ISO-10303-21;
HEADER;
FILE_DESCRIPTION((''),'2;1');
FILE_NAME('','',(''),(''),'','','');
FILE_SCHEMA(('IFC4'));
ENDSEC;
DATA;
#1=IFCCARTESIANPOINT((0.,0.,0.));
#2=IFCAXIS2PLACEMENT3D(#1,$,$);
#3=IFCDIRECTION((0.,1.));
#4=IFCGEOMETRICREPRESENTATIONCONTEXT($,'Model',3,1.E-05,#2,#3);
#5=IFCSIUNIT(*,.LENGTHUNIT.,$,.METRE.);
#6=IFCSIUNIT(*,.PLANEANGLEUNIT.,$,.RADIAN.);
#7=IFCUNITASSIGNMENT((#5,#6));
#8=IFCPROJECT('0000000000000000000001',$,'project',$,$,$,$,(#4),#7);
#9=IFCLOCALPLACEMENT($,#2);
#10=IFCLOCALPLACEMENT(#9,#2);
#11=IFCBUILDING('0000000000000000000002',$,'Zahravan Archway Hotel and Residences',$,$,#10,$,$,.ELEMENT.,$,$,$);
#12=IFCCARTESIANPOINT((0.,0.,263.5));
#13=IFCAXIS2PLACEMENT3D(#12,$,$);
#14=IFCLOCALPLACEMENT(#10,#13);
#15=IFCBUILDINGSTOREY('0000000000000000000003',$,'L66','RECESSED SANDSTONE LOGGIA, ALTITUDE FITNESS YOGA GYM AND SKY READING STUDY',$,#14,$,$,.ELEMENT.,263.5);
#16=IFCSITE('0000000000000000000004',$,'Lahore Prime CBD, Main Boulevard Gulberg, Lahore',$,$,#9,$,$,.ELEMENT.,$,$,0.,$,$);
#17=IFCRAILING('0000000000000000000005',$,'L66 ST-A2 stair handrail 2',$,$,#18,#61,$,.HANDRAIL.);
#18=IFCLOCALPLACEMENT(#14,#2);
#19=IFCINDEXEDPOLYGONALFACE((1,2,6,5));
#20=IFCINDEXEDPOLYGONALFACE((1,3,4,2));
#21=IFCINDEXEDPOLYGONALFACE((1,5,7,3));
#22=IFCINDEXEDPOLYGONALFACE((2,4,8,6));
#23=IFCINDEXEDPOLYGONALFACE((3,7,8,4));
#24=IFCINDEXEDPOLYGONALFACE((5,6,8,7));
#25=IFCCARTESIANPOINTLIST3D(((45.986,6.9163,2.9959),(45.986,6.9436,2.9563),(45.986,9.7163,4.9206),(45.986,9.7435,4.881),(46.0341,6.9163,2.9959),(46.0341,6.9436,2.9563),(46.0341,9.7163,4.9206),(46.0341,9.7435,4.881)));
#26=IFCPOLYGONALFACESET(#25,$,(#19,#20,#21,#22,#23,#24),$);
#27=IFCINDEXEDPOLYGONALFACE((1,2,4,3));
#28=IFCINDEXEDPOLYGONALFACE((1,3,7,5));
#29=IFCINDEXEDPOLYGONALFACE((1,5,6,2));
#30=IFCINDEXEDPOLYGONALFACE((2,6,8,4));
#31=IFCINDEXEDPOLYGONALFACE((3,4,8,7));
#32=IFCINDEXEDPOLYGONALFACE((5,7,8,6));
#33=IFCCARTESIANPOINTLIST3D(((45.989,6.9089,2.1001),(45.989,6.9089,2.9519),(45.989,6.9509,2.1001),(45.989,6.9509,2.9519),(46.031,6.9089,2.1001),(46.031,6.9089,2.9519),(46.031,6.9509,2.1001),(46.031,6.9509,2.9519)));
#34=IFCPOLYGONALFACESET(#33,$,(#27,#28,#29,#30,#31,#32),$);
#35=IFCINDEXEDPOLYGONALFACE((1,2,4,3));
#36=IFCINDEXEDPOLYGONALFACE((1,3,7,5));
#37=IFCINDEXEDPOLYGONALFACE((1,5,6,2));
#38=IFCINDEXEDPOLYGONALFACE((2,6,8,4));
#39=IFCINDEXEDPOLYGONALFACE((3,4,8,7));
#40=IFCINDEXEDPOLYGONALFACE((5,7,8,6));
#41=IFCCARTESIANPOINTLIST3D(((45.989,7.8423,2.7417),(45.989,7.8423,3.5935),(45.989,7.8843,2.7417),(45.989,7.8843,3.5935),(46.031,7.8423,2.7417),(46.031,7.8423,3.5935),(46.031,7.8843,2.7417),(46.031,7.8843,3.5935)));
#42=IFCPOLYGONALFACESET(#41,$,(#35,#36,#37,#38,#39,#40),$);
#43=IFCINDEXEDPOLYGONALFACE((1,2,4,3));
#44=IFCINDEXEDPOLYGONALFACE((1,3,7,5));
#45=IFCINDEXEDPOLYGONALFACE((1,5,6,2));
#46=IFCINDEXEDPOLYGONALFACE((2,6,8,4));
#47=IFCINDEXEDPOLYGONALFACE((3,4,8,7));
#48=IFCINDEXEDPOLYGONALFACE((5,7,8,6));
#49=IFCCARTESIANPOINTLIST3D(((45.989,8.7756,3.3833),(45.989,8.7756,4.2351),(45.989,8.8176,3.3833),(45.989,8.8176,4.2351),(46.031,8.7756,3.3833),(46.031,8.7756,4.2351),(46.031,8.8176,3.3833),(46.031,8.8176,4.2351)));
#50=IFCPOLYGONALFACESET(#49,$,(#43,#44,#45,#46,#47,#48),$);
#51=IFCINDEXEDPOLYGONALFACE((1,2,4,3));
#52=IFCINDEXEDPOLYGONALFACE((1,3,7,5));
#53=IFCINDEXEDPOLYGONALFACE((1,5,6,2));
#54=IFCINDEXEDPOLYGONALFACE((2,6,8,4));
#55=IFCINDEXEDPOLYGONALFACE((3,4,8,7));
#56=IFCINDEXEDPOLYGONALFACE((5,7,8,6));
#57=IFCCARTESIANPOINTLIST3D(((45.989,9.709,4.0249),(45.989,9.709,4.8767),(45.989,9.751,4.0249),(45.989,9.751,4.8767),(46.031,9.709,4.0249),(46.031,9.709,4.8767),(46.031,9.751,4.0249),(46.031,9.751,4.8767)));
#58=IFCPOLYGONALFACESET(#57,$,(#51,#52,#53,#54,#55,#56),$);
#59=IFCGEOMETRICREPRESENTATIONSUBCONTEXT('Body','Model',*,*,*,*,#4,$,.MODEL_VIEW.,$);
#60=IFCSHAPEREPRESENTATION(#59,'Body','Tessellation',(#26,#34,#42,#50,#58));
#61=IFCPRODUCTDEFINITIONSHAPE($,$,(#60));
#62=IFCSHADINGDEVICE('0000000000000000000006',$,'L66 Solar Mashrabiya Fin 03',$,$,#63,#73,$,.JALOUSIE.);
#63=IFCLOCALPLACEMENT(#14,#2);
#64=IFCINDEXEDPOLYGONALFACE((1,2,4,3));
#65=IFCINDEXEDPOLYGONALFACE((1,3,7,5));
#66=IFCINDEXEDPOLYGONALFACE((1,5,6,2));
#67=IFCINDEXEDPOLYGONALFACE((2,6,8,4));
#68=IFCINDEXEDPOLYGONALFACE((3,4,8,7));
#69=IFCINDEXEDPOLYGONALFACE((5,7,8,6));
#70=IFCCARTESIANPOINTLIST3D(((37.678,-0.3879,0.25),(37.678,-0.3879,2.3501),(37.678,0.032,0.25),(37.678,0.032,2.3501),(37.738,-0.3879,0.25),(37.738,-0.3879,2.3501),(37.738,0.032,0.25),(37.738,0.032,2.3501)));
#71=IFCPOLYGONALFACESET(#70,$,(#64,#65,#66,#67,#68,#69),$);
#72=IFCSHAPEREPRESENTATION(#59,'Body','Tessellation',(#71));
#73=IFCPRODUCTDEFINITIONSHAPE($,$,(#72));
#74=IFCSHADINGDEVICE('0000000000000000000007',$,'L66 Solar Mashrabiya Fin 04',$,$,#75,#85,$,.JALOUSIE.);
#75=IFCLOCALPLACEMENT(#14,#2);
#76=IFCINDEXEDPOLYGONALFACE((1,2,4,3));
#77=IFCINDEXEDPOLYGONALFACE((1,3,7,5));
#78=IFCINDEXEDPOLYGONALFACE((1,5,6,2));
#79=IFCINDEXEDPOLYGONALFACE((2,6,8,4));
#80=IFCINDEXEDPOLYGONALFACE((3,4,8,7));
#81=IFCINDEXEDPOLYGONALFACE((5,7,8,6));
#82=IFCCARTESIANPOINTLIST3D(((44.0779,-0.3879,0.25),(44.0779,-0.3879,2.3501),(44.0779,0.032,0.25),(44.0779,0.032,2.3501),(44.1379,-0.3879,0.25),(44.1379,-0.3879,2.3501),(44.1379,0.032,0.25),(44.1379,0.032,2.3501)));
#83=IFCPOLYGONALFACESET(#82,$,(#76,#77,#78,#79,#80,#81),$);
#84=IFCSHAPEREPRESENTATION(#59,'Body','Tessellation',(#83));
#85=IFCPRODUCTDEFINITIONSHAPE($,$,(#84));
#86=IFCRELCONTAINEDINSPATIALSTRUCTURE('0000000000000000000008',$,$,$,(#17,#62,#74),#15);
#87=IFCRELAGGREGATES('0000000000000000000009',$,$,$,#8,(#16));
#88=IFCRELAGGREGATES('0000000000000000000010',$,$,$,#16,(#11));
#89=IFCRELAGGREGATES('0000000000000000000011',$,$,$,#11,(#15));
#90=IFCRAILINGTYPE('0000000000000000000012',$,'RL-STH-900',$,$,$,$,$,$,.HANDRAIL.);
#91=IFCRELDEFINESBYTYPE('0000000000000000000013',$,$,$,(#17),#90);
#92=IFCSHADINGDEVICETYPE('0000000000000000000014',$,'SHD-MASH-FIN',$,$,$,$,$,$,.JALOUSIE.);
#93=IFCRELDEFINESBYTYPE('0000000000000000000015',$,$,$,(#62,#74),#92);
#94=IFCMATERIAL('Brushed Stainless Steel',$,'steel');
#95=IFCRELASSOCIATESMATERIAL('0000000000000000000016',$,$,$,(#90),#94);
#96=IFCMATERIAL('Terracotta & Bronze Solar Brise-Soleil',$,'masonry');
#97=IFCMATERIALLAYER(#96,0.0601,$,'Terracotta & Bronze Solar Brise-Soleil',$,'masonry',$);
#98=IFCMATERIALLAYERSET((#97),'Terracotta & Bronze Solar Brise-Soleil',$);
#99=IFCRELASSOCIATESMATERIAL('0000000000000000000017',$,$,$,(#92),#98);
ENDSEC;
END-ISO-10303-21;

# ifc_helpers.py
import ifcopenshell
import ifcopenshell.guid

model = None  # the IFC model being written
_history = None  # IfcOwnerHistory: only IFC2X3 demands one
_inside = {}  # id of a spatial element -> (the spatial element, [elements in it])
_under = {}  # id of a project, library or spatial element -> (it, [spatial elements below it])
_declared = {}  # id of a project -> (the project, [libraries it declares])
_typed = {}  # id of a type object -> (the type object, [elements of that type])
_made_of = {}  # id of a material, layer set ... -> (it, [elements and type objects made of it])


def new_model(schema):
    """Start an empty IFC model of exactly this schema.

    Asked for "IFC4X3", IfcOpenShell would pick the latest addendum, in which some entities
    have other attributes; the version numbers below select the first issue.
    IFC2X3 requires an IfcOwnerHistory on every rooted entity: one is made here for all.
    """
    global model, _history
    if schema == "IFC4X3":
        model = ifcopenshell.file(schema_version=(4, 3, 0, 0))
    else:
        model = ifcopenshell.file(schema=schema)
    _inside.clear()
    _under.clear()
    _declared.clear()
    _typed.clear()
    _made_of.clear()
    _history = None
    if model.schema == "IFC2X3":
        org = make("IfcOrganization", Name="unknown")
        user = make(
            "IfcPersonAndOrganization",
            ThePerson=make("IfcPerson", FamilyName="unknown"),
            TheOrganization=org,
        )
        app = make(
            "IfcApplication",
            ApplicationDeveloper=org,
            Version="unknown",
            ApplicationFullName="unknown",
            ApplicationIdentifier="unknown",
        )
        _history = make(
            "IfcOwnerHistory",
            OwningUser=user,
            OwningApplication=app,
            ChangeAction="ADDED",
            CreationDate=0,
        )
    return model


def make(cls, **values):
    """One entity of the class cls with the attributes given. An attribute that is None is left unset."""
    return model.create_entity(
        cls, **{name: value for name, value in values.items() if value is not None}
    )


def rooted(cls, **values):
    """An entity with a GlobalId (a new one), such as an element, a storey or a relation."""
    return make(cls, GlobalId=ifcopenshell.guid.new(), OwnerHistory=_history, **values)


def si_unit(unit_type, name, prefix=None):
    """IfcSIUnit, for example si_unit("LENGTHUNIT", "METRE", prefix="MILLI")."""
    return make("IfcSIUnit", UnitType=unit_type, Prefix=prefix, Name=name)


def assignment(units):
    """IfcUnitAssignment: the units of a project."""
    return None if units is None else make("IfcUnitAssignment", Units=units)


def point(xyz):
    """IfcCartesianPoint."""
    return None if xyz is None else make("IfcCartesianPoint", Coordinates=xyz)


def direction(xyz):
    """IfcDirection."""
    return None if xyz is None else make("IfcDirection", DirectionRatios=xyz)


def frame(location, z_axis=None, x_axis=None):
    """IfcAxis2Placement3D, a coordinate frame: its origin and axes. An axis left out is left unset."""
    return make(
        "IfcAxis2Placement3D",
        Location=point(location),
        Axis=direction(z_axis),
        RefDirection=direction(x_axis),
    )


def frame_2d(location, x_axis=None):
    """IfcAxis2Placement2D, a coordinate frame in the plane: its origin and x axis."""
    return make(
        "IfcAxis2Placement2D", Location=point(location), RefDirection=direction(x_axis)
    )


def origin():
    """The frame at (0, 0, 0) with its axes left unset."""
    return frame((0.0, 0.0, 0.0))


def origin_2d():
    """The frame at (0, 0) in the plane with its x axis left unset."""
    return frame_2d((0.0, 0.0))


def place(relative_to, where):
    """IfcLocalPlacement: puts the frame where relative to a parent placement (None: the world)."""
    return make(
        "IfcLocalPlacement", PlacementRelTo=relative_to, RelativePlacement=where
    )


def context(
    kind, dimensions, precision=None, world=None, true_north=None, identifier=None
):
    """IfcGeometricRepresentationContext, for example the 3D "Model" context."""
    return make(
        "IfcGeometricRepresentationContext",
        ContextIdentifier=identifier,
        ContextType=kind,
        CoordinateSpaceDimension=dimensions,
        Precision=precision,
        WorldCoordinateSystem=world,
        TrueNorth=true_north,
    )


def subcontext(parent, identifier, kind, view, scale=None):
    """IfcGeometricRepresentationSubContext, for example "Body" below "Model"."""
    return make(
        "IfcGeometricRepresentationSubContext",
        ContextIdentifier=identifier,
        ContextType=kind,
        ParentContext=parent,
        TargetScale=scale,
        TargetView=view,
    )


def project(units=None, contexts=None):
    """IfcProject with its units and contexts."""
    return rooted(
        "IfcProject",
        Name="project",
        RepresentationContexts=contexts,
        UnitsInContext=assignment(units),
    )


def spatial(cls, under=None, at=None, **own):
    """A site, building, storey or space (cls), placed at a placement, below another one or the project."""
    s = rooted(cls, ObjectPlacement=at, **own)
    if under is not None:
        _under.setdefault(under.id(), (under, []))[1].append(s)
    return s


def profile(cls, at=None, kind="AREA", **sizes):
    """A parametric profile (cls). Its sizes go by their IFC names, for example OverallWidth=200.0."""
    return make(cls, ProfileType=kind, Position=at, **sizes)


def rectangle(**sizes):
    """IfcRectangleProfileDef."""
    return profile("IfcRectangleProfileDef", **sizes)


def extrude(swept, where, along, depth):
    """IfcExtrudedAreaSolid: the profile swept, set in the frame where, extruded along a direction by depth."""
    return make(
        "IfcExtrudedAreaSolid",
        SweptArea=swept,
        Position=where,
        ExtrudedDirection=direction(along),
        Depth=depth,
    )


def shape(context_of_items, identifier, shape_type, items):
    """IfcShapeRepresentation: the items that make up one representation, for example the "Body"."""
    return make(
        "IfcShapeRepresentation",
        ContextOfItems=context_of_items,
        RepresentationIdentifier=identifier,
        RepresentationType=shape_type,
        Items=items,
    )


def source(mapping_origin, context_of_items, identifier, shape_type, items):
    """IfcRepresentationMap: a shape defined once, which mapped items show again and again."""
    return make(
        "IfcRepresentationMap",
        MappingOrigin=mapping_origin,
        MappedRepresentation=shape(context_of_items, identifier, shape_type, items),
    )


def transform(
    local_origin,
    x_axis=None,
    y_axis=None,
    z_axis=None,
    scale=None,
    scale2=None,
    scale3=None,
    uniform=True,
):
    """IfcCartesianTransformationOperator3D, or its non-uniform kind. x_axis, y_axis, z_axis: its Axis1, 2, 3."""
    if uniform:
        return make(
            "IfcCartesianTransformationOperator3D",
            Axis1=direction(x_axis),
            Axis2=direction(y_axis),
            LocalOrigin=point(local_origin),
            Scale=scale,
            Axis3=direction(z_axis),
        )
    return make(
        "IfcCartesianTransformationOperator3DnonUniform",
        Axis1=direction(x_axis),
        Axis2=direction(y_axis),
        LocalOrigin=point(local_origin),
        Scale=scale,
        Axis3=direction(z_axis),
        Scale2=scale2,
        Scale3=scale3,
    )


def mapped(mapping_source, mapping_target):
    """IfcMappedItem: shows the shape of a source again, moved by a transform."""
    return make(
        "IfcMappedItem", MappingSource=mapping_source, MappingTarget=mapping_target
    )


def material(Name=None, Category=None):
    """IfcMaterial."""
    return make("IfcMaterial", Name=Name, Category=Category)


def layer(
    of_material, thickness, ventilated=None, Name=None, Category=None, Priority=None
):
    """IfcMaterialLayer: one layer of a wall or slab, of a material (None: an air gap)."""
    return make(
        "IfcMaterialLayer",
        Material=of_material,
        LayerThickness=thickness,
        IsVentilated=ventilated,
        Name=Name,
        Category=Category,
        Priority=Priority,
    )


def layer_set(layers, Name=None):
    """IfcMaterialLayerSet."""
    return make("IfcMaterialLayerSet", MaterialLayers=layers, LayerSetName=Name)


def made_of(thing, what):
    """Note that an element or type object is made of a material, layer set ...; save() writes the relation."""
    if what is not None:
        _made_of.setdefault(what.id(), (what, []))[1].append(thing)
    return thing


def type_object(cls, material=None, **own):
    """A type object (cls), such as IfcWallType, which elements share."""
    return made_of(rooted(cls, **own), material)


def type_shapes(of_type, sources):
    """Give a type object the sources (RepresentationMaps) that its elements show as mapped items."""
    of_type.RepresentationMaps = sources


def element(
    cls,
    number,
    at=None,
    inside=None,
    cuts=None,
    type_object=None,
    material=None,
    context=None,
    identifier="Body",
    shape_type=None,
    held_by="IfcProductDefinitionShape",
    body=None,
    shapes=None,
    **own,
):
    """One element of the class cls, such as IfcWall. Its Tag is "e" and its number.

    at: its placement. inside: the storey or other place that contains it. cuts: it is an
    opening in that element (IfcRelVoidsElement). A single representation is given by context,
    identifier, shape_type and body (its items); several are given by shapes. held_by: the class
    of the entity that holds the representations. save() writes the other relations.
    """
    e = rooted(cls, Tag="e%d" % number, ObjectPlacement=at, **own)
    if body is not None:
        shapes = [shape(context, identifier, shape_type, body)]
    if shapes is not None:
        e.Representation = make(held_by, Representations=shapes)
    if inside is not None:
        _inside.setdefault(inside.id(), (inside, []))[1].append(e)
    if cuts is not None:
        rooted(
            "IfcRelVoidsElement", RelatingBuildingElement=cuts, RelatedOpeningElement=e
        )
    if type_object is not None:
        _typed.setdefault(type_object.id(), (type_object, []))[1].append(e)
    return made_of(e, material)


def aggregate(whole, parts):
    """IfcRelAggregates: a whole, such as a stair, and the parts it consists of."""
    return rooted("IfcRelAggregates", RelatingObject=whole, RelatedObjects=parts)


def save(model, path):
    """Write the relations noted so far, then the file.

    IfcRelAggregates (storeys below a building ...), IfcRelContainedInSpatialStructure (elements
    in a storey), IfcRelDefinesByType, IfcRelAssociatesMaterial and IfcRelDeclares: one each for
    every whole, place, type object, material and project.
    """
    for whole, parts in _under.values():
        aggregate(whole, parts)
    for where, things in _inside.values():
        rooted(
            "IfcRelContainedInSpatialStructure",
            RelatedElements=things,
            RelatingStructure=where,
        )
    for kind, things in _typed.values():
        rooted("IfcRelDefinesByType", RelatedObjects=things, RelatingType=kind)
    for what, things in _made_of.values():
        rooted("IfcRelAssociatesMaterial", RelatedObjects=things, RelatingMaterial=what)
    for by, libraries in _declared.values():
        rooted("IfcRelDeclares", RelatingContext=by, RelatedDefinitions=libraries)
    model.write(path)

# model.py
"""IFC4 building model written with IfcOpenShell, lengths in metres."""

from ifc_helpers import new_model, si_unit, direction, frame, origin, origin_2d, place, context, subcontext, project, spatial, rectangle, extrude, source, transform, mapped, material, layer, layer_set, type_object, type_shapes, element, save


model = new_model("IFC4")

# Units and contexts
model_context = context("Model", 3, precision=1e-05, world=origin(), true_north=direction((0.0, 1.0)))
body_context = subcontext(model_context, "Body", "Model", "MODEL_VIEW")
ifc_project = project(units=[si_unit("LENGTHUNIT", "METRE"), si_unit("PLANEANGLEUNIT", "RADIAN")], contexts=[model_context])

# Site, building, storey
site_placement = place(None, origin())
site = spatial("IfcSite", under=ifc_project, at=site_placement, Name="Lahore Prime CBD, Main Boulevard Gulberg, Lahore", CompositionType="ELEMENT", RefElevation=0.0)
building_placement = place(site_placement, origin())
building = spatial("IfcBuilding", under=site, at=building_placement, Name="Zahravan Archway Hotel and Residences", CompositionType="ELEMENT")
storey_placement = place(building_placement, frame((0.0, 0.0, 263.5)))
storey = spatial("IfcBuildingStorey", under=building, at=storey_placement, Name="L66", Description="RECESSED SANDSTONE LOGGIA, ALTITUDE FITNESS YOGA GYM AND SKY READING STUDY", CompositionType="ELEMENT", Elevation=263.5)

# Railing
ifc_material_1 = material(Name="Brushed Stainless Steel", Category="steel")
railing_type_1 = type_object("IfcRailingType", Name="RL-STH-900", PredefinedType="HANDRAIL", material=ifc_material_1)
for number, where, name in (
    (1, (46.01, 6.9299, 2.1001), "L66 ST-A2 stair handrail 2"),
):
    element("IfcRailing", number, at=place(storey_placement, frame(where)), inside=storey, type_object=railing_type_1, Name=name, PredefinedType="HANDRAIL", context=body_context, shape_type="SweptSolid", body=[
        extrude(rectangle(XDim=0.0481, YDim=0.0481, at=origin_2d()), frame((0.0, 0.0, 0.876), z_axis=(0.0, 0.824073, 0.566483), x_axis=(-1.0, 0.0, 0.0)), (0.0, 0.0, 1.0), 3.3977),
        extrude(rectangle(XDim=0.042, YDim=0.042, at=origin_2d()), origin(), (0.0, 0.0, 1.0), 0.8518),
        extrude(rectangle(XDim=0.042, YDim=0.042, at=origin_2d()), frame((0.0, 0.9333, 0.6416)), (0.0, 0.0, 1.0), 0.8518),
        extrude(rectangle(XDim=0.042, YDim=0.042, at=origin_2d()), frame((0.0, 1.8667, 1.2832)), (0.0, 0.0, 1.0), 0.8518),
        extrude(rectangle(XDim=0.042, YDim=0.042, at=origin_2d()), frame((0.0, 2.8, 1.9248)), (0.0, 0.0, 1.0), 0.8518),
    ])

# Shading devices
ifc_material_2 = material(Name="Terracotta & Bronze Solar Brise-Soleil", Category="masonry")
ifc_layer_1 = layer(ifc_material_2, 0.0601, Name="Terracotta & Bronze Solar Brise-Soleil", Category="masonry")
ifc_layer_set_1 = layer_set([ifc_layer_1], Name="Terracotta & Bronze Solar Brise-Soleil")
shading_device_type = type_object("IfcShadingDeviceType", Name="SHD-MASH-FIN", PredefinedType="JALOUSIE", material=ifc_layer_set_1)
shared_shape_1 = source(origin(), body_context, "Body", "SweptSolid", [
    extrude(rectangle(XDim=0.0601, YDim=0.4199, at=origin_2d()), origin(), (0.0, 0.0, 1.0), 2.1001),
])
type_shapes(shading_device_type, [shared_shape_1])
for number, where, z_axis, x_axis, name in (
    (2, (37.708, -0.178, 0.25), (0.0, 0.0, 1.0), (1.0, 0.0, 0.0), "L66 Solar Mashrabiya Fin 03"),
    (3, (44.1079, -0.178, 0.25), (0.0, 0.0, 1.0), (1.0, 0.0, 0.0), "L66 Solar Mashrabiya Fin 04"),
):
    element("IfcShadingDevice", number, at=place(storey_placement, frame(where, z_axis=z_axis, x_axis=x_axis)), inside=storey, type_object=shading_device_type, Name=name, PredefinedType="JALOUSIE", context=body_context, shape_type="MappedRepresentation", body=[
        mapped(shared_shape_1, transform((0.0, 0.0, 0.0), scale=1.0)),
    ])

save(model, "model.ifc")
